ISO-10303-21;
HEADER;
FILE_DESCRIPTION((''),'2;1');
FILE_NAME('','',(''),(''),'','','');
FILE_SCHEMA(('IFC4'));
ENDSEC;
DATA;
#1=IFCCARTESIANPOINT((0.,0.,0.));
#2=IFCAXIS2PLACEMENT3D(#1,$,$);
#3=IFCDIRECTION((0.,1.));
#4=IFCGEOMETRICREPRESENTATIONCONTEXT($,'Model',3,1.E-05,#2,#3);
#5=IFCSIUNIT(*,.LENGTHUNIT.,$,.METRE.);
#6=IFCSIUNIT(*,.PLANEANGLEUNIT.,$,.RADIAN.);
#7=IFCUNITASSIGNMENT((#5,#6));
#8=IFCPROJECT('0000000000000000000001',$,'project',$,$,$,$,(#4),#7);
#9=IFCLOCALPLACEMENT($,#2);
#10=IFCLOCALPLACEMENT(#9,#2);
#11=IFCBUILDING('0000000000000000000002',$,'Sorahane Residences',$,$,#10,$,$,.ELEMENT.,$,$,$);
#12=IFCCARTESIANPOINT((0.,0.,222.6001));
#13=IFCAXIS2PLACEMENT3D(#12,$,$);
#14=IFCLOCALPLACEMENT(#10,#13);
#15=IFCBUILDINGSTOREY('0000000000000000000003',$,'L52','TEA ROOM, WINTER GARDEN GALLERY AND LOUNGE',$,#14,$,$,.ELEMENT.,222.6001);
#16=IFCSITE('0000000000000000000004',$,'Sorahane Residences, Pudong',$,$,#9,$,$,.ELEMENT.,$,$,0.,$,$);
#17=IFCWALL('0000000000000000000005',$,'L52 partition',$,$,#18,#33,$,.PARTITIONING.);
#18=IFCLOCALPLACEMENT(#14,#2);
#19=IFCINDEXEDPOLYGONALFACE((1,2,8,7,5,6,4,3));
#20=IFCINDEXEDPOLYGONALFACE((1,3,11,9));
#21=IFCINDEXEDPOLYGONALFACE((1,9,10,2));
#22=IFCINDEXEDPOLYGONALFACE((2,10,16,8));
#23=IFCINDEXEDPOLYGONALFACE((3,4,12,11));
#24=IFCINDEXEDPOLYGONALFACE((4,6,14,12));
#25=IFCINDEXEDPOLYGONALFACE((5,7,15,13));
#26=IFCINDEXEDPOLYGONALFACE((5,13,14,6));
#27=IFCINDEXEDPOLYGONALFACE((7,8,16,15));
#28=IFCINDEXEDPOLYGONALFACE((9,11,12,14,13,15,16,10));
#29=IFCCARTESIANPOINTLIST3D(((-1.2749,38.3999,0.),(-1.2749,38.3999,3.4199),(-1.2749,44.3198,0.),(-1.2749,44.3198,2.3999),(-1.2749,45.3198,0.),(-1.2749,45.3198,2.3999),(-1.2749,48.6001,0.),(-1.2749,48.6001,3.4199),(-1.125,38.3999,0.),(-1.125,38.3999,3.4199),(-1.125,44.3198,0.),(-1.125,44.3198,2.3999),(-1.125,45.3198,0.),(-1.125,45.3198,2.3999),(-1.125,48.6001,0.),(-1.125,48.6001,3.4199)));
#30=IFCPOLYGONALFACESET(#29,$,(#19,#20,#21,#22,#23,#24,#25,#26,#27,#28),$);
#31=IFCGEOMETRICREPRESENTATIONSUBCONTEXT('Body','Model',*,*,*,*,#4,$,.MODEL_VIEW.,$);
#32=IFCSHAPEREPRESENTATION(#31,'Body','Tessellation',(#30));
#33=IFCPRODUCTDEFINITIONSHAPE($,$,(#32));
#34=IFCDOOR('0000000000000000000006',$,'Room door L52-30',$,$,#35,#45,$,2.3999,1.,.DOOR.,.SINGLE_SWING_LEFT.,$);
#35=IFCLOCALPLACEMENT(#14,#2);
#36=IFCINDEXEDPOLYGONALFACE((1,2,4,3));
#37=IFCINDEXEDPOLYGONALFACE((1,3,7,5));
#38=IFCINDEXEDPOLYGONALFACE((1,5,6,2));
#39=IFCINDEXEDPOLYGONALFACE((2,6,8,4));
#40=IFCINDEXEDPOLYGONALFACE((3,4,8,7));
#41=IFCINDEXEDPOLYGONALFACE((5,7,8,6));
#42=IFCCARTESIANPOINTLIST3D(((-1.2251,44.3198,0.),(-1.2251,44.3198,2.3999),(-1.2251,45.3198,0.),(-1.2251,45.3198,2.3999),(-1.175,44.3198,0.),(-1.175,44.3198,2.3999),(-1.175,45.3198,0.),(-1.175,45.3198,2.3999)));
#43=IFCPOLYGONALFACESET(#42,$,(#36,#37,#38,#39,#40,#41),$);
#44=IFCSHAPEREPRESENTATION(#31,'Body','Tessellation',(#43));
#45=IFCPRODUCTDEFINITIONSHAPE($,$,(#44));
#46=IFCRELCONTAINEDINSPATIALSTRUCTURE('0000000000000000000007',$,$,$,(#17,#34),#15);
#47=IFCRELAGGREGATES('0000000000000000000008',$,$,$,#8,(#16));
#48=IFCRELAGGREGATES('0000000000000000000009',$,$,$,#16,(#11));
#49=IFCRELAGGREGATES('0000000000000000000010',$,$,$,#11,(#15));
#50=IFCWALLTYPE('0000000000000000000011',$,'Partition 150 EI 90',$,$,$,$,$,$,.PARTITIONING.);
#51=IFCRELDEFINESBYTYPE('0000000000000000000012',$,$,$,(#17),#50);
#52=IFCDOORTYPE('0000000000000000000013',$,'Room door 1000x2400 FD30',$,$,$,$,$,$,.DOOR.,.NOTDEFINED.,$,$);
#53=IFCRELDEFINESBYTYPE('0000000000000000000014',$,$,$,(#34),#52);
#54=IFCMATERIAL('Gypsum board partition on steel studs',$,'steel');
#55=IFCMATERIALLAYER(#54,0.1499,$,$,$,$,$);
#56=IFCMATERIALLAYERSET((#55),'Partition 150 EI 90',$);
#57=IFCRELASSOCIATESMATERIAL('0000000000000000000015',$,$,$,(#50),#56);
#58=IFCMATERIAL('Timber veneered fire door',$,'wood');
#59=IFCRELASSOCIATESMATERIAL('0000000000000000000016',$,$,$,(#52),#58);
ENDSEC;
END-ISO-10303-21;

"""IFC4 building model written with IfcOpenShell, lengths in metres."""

from ifc_helpers import new_model, si_unit, direction, frame, frame_2d, origin, place, context, subcontext, project, spatial, rectangle, extrude, material, layer, layer_set, type_object, element, fill, save


model = new_model("IFC4")

# Units and contexts
model_context = context("Model", 3, precision=1e-05, world=origin(), true_north=direction((0.0, 1.0)))
body_context = subcontext(model_context, "Body", "Model", "MODEL_VIEW")
ifc_project = project(units=[si_unit("LENGTHUNIT", "METRE"), si_unit("PLANEANGLEUNIT", "RADIAN")], contexts=[model_context])

# Site, building, storey
site_placement = place(None, origin())
site = spatial("IfcSite", under=ifc_project, at=site_placement, Name="Sorahane Residences, Pudong", CompositionType="ELEMENT", RefElevation=0.0)
building_placement = place(site_placement, origin())
building = spatial("IfcBuilding", under=site, at=building_placement, Name="Sorahane Residences", CompositionType="ELEMENT")
storey_placement = place(building_placement, frame((0.0, 0.0, 222.6001)))
storey = spatial("IfcBuildingStorey", under=building, at=storey_placement, Name="L52", Description="TEA ROOM, WINTER GARDEN GALLERY AND LOUNGE", CompositionType="ELEMENT", Elevation=222.6001)

# Wall, opening, door
ifc_material_1 = material(Name="Gypsum board partition on steel studs", Category="steel")
ifc_layer_1 = layer(ifc_material_1, 0.1499)
ifc_layer_set_1 = layer_set([ifc_layer_1], Name="Partition 150 EI 90")
wall_type_1 = type_object("IfcWallType", Name="Partition 150 EI 90", PredefinedType="PARTITIONING", material=ifc_layer_set_1)
wall_1_placement = place(storey_placement, frame((-1.2, 38.3999, 0.0), z_axis=(0.0, 0.0, 1.0), x_axis=(0.0, 1.0, 0.0)))
wall_1 = element("IfcWall", 1, at=wall_1_placement, inside=storey, type_object=wall_type_1, Name="L52 partition", PredefinedType="PARTITIONING", context=body_context, shape_type="SweptSolid", body=[
    extrude(rectangle(XDim=10.2002, YDim=0.1499, at=frame_2d((5.1001, 0.0))), origin(), (0.0, 0.0, 1.0), 3.4199),
])
opening_placement = place(wall_1_placement, frame((5.9199, 0.0, 0.0)))
opening = element("IfcOpeningElement", 2, at=opening_placement, cuts=wall_1, PredefinedType="OPENING", context=body_context, shape_type="SweptSolid", body=[
    extrude(rectangle(XDim=1.0, YDim=2.3999, at=frame_2d((0.5, 1.2))), frame((0.0, 0.085, 0.0), z_axis=(0.0, -1.0, 0.0), x_axis=(1.0, 0.0, 0.0)), (0.0, 0.0, 1.0), 0.1699),
])
ifc_material_2 = material(Name="Timber veneered fire door", Category="wood")
door_type = type_object("IfcDoorType", Name="Room door 1000x2400 FD30", OperationType="NOTDEFINED", PredefinedType="DOOR", material=ifc_material_2)
door_placement = place(opening_placement, frame((1.0, 0.0, 0.0), z_axis=(0.0, 0.0, 1.0), x_axis=(-1.0, 0.0, 0.0)))
door = element("IfcDoor", 3, at=door_placement, inside=storey, type_object=door_type, Name="Room door L52-30", OperationType="SINGLE_SWING_LEFT", OverallHeight=2.3999, OverallWidth=1.0, PredefinedType="DOOR", context=body_context, shape_type="SweptSolid", body=[
    extrude(rectangle(XDim=1.0, YDim=2.3999, at=frame_2d((0.5, 1.2))), frame((0.0, 0.0249, 0.0), z_axis=(0.0, -1.0, 0.0), x_axis=(1.0, 0.0, 0.0)), (0.0, 0.0, 1.0), 0.05),
])
fill(opening, door)

save(model, "model.ifc")
